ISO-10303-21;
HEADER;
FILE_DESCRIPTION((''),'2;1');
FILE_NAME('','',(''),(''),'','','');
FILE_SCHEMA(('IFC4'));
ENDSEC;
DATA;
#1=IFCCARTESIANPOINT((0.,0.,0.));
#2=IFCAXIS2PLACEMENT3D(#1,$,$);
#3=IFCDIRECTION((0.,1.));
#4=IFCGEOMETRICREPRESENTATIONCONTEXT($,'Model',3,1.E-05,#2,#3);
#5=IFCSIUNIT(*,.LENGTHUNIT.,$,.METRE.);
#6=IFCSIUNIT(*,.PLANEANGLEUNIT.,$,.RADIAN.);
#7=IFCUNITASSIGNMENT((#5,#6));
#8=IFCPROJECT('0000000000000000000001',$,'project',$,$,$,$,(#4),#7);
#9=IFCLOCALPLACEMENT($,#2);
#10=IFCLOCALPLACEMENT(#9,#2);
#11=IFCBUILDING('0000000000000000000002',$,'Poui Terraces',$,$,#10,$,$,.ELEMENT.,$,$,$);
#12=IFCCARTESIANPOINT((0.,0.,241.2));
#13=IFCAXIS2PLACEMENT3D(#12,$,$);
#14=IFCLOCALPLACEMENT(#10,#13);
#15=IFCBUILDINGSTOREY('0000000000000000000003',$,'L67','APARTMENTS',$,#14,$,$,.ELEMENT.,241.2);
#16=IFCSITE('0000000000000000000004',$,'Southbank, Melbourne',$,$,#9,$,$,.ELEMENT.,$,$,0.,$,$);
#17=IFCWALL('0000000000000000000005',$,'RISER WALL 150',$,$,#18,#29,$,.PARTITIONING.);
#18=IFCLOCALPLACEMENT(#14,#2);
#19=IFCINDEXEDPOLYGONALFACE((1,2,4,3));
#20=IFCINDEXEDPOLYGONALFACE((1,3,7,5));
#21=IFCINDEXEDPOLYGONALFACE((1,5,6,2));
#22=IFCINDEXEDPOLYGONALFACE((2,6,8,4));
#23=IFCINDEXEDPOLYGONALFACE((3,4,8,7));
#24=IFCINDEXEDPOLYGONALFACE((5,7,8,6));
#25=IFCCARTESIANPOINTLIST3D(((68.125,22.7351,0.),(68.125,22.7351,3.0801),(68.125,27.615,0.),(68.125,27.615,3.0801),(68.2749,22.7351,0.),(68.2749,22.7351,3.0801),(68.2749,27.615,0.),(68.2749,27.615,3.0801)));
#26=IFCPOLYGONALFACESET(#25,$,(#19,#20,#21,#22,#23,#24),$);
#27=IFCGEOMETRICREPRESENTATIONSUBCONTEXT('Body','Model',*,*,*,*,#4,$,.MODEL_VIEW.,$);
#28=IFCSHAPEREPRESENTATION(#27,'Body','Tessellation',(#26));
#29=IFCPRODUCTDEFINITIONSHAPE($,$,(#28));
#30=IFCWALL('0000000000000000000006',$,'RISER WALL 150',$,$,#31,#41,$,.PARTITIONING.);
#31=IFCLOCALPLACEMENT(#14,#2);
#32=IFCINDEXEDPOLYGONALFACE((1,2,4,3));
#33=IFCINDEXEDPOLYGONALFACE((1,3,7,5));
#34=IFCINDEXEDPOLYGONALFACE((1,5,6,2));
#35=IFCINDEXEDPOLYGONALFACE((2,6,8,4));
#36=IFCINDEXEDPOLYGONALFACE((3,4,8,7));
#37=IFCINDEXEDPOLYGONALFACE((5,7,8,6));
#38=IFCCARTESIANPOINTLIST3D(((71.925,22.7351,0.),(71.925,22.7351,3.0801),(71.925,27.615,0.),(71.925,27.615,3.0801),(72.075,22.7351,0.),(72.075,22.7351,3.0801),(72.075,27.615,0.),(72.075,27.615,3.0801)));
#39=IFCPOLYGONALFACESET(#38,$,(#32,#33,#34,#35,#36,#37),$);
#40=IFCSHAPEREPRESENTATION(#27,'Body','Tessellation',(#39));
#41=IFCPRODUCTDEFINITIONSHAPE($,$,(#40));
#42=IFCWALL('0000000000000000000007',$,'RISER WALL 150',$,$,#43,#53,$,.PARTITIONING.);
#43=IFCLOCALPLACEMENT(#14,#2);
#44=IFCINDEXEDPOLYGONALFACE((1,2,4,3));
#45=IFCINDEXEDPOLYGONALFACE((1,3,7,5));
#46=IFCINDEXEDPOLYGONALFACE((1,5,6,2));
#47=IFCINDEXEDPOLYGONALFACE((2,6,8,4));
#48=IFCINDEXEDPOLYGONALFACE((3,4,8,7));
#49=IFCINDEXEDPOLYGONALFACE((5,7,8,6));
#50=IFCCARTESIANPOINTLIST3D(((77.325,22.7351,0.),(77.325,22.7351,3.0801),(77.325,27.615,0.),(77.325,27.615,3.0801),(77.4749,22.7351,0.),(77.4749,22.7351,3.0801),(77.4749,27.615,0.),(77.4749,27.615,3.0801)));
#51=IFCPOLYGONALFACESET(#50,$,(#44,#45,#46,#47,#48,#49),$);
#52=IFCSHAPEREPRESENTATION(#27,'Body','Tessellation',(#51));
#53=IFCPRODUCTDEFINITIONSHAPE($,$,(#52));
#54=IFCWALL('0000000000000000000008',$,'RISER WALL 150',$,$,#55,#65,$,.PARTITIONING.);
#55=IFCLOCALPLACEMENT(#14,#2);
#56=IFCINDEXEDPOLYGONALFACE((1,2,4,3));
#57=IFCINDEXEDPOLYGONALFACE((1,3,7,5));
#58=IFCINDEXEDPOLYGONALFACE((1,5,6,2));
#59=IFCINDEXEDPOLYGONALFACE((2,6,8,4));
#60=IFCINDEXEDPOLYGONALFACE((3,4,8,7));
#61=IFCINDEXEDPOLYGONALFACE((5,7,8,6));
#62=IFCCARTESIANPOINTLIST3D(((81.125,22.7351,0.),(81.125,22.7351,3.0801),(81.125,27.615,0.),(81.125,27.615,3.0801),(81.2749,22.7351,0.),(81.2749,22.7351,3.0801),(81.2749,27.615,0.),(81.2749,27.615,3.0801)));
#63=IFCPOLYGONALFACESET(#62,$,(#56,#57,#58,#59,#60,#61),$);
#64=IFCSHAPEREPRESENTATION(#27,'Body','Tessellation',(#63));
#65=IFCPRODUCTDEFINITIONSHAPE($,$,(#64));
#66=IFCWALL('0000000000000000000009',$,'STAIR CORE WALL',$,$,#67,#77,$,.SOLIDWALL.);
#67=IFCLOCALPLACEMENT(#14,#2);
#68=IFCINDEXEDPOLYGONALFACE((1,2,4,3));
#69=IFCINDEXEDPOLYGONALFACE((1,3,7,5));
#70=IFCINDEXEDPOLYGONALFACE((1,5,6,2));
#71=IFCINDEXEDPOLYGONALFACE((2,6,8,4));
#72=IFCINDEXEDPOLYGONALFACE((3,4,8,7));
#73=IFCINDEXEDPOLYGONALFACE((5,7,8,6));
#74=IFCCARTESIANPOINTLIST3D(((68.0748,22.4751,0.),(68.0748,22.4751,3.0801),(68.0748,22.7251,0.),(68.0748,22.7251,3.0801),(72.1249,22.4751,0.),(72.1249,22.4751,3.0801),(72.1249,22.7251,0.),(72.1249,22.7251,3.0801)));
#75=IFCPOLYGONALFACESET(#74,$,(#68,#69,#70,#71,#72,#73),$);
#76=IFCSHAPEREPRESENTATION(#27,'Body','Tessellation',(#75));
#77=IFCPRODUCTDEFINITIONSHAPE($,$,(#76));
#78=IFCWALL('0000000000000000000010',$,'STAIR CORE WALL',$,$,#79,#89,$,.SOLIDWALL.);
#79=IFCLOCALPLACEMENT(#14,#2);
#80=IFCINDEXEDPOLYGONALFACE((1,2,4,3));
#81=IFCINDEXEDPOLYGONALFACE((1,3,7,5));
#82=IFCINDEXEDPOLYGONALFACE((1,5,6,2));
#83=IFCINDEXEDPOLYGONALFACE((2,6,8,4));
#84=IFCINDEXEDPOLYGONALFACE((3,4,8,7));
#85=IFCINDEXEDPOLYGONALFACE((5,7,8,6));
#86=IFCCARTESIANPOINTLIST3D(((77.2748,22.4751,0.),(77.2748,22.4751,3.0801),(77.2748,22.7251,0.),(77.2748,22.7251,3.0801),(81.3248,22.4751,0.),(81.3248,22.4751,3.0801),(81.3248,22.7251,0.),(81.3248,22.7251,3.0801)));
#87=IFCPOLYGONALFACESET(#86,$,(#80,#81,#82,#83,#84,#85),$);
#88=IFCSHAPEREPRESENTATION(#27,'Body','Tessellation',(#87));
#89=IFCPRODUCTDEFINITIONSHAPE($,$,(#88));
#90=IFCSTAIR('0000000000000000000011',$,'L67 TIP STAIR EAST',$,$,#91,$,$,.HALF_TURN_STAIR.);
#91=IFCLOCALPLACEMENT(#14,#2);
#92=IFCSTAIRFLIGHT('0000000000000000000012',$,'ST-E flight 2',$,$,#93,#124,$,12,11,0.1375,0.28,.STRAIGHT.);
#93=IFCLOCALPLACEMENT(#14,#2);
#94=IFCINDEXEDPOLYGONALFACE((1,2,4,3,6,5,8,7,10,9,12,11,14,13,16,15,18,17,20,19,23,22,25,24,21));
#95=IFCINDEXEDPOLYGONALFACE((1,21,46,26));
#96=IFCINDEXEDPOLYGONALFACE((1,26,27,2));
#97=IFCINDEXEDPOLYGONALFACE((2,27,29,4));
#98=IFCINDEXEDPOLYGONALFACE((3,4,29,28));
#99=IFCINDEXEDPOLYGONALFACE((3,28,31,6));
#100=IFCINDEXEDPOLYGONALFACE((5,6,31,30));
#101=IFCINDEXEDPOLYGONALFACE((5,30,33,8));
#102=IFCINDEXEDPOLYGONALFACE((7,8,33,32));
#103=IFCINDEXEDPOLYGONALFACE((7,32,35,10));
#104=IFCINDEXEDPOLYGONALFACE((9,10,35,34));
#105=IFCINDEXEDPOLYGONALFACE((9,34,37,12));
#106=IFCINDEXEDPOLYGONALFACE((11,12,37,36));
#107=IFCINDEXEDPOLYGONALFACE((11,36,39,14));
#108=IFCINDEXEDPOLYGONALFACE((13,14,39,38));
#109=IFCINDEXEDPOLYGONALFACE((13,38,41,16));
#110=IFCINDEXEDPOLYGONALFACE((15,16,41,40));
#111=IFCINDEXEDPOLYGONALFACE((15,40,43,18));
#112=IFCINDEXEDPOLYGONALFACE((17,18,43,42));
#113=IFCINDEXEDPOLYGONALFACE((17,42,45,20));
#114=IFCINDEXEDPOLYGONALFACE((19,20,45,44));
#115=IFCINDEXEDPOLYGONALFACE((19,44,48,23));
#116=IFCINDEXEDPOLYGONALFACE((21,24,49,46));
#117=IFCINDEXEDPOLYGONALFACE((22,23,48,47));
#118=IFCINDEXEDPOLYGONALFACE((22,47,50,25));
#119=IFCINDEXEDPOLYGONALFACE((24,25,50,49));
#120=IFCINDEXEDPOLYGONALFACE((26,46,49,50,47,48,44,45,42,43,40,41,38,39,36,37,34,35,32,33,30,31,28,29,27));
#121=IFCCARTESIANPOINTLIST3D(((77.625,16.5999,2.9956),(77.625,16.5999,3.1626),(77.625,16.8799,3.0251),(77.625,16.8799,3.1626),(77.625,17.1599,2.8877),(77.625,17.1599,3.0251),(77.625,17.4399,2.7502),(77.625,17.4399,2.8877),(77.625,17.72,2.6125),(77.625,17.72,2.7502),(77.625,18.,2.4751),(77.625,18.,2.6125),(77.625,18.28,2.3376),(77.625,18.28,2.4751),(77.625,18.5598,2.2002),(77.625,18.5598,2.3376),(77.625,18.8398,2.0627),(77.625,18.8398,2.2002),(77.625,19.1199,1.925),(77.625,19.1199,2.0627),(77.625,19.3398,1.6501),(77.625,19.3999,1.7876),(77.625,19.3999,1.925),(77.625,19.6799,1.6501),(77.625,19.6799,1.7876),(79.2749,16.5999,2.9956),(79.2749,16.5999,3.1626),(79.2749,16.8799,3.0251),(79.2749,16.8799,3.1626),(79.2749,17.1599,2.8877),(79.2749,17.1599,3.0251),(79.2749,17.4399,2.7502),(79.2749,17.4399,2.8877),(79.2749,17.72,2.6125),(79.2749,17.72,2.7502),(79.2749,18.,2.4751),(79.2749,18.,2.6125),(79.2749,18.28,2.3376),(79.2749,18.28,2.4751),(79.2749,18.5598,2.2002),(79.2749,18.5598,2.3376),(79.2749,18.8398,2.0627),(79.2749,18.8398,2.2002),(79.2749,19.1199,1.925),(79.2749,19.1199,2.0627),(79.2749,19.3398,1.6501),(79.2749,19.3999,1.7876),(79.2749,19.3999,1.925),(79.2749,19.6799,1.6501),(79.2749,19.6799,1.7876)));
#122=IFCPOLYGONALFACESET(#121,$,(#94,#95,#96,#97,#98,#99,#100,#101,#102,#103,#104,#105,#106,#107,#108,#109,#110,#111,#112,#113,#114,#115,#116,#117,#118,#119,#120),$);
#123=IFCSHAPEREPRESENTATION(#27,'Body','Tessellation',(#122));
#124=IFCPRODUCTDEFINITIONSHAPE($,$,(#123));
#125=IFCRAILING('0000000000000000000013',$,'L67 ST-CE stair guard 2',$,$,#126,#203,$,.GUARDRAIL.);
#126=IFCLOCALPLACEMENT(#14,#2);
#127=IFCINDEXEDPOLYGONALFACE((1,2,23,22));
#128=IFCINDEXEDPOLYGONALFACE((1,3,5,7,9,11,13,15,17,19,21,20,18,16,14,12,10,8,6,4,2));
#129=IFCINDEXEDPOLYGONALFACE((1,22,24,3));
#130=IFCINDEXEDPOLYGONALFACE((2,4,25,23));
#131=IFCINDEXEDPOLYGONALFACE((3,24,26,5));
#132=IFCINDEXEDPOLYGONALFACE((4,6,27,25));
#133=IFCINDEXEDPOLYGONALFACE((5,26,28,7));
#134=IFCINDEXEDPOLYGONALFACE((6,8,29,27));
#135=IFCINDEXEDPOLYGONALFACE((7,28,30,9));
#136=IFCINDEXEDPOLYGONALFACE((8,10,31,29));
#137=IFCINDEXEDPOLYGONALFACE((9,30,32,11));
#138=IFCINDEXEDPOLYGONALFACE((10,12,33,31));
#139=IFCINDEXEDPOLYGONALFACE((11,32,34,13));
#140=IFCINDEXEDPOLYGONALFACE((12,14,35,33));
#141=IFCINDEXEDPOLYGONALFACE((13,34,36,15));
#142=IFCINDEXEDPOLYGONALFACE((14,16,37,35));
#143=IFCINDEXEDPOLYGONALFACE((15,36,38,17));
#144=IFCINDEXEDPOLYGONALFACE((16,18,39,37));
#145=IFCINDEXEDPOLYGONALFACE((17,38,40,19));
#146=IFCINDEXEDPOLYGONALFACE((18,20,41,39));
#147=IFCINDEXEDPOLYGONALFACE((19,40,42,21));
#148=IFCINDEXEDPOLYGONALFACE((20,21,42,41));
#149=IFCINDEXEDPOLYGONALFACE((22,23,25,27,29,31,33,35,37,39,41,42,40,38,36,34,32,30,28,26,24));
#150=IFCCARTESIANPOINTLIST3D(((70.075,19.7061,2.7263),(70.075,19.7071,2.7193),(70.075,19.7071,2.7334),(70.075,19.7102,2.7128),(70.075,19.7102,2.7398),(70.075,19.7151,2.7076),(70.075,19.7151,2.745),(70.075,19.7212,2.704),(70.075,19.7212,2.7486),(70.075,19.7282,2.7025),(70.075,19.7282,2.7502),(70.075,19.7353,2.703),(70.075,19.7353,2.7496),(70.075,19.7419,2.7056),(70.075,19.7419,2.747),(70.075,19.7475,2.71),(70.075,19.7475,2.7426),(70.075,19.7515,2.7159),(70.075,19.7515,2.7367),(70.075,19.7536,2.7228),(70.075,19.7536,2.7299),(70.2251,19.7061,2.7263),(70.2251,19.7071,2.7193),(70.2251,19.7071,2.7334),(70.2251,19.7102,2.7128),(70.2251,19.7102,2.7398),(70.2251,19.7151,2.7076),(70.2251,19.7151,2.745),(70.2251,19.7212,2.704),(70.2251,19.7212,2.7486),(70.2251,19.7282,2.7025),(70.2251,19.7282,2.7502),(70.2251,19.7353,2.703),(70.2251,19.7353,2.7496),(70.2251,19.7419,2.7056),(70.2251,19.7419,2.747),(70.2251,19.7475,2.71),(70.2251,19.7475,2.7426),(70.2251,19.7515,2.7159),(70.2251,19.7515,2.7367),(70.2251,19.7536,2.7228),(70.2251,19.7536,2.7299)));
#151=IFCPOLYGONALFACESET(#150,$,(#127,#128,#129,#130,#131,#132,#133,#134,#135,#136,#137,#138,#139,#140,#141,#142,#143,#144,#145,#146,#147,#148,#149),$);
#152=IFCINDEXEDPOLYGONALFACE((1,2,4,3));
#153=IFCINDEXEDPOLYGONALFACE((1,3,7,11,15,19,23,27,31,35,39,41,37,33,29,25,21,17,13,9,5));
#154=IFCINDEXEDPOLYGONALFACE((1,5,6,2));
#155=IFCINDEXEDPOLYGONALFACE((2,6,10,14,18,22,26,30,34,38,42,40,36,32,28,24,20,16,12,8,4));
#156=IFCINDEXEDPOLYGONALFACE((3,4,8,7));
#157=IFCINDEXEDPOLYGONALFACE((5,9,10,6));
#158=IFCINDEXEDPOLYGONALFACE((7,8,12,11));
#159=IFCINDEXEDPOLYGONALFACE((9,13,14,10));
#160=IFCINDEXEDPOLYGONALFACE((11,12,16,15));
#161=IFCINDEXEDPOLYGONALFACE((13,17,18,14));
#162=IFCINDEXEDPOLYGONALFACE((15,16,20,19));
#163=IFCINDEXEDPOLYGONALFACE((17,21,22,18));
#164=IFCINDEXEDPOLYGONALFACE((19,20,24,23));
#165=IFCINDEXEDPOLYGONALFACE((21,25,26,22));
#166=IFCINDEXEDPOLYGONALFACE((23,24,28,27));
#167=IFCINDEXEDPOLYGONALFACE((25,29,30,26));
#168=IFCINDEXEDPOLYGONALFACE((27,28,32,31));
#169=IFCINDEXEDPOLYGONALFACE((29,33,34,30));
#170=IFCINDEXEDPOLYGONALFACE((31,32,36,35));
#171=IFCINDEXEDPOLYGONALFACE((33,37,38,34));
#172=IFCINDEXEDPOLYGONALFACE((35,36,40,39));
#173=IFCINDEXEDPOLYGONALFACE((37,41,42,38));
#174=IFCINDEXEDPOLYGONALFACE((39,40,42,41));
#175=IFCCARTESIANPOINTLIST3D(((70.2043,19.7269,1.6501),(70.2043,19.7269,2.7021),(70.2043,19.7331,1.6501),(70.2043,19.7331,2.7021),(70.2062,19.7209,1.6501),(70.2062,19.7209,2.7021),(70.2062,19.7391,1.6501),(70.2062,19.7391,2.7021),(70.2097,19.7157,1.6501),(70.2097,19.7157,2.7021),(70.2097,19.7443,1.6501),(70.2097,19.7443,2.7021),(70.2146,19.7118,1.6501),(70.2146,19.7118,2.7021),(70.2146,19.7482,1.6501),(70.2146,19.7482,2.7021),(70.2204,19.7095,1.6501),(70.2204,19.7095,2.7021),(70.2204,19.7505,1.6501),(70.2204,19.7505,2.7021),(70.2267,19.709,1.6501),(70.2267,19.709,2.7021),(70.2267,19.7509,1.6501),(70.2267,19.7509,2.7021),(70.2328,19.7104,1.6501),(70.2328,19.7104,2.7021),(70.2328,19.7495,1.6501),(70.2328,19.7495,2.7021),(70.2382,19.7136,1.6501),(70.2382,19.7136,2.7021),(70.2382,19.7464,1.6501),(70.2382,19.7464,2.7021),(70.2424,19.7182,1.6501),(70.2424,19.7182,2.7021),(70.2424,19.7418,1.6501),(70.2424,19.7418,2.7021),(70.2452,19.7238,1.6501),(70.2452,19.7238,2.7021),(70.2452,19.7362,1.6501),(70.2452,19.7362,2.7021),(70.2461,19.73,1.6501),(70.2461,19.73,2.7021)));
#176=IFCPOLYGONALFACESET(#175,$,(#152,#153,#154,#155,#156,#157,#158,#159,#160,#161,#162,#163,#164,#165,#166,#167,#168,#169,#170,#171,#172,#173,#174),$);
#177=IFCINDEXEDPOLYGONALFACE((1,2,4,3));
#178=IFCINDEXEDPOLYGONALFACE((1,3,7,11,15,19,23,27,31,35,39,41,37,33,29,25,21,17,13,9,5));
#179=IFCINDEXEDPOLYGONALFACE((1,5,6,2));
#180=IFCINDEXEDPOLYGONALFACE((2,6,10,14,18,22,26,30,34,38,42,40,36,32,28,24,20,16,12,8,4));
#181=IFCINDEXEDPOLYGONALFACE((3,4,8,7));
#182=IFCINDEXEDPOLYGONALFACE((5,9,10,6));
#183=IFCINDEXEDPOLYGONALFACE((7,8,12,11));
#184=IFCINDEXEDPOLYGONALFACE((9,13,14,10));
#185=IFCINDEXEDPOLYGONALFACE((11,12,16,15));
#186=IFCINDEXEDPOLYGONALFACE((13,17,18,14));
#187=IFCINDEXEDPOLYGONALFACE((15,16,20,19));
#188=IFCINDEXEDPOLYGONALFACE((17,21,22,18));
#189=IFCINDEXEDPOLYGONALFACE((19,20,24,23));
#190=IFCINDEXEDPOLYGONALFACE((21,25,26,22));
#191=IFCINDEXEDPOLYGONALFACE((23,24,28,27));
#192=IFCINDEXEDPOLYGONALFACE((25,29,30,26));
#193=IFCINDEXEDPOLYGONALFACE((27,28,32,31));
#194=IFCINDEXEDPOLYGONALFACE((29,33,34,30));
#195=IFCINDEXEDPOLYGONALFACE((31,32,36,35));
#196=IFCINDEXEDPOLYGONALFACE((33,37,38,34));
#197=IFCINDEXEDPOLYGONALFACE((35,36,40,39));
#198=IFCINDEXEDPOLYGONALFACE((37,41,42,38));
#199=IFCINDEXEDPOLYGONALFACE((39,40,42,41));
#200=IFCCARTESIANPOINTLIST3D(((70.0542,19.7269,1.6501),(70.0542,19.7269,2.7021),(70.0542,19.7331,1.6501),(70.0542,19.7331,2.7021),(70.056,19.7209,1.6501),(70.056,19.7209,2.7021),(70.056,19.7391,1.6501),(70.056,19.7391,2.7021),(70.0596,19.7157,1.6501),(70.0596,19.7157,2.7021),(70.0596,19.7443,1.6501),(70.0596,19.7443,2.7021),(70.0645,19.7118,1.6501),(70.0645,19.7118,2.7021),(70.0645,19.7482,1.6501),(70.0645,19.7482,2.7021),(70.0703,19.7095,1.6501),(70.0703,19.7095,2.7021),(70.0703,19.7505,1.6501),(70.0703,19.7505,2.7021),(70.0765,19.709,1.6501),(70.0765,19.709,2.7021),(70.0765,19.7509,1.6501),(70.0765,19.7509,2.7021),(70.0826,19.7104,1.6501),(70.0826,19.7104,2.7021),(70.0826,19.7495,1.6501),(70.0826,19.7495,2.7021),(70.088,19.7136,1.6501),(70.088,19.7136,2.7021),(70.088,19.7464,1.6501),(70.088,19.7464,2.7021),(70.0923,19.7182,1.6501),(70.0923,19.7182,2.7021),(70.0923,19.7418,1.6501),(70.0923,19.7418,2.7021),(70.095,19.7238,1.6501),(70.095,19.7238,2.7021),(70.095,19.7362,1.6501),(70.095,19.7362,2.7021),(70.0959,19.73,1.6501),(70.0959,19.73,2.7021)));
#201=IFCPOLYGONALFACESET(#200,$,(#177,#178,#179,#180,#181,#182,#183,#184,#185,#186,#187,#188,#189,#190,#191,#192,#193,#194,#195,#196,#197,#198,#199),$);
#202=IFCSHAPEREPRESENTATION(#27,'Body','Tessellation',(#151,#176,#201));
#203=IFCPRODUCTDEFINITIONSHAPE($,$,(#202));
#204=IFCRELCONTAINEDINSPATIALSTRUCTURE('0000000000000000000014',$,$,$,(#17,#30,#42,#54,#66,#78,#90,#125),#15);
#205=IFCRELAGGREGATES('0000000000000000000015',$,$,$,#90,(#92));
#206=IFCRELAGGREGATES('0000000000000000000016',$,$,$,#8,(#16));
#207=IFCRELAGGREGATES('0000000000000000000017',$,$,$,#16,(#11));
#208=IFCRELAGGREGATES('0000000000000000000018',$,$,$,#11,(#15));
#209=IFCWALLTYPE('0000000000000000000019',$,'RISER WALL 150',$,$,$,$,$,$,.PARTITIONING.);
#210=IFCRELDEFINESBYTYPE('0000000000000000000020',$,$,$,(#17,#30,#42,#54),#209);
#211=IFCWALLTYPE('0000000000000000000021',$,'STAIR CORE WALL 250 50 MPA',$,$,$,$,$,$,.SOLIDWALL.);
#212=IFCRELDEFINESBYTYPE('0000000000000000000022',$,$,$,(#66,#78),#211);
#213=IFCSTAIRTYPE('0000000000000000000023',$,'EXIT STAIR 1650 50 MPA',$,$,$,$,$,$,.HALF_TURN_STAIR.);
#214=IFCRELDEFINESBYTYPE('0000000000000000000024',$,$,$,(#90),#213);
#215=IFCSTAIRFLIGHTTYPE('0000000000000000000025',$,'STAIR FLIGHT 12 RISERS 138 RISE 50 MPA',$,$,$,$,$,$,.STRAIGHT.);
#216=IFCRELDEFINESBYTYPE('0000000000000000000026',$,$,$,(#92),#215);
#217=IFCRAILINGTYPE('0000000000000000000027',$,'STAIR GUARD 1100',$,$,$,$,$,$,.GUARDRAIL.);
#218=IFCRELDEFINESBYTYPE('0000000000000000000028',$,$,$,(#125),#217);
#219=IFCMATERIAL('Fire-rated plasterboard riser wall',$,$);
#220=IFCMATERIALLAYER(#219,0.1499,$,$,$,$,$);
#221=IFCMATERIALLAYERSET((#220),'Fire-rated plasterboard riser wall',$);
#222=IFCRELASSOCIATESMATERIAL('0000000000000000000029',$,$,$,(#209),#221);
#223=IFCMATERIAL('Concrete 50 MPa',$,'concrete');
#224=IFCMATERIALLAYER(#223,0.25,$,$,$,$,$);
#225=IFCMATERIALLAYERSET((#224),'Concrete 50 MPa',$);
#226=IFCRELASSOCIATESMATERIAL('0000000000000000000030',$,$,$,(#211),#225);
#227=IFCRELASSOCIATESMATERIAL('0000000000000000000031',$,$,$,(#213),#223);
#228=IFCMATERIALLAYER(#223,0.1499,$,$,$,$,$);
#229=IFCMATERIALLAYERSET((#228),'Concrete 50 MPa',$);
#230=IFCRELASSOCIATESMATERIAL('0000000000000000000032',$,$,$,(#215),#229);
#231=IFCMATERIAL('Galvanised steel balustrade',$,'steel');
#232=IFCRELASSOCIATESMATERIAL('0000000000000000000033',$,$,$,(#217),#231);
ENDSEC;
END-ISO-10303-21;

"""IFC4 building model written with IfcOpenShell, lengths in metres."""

from ifc_helpers import new_model, si_unit, direction, frame, frame_2d, origin, origin_2d, place, context, subcontext, project, spatial, polyline, rectangle, circle, outline, extrude, material, layer, layer_set, type_object, element, aggregate, save


model = new_model("IFC4")

# Units and contexts
model_context = context("Model", 3, precision=1e-05, world=origin(), true_north=direction((0.0, 1.0)))
body_context = subcontext(model_context, "Body", "Model", "MODEL_VIEW")
ifc_project = project(units=[si_unit("LENGTHUNIT", "METRE"), si_unit("PLANEANGLEUNIT", "RADIAN")], contexts=[model_context])

# Site, building, storey
site_placement = place(None, origin())
site = spatial("IfcSite", under=ifc_project, at=site_placement, Name="Southbank, Melbourne", CompositionType="ELEMENT", RefElevation=0.0)
building_placement = place(site_placement, origin())
building = spatial("IfcBuilding", under=site, at=building_placement, Name="Poui Terraces", CompositionType="ELEMENT")
storey_placement = place(building_placement, frame((0.0, 0.0, 241.2)))
storey = spatial("IfcBuildingStorey", under=building, at=storey_placement, Name="L67", Description="APARTMENTS", CompositionType="ELEMENT", Elevation=241.2)

# Shared definitions
ifc_material_1 = material(Name="Concrete 50 MPa", Category="concrete")

# Walls
ifc_material_2 = material(Name="Fire-rated plasterboard riser wall")
ifc_layer_1 = layer(ifc_material_2, 0.1499)
ifc_layer_set_1 = layer_set([ifc_layer_1], Name="Fire-rated plasterboard riser wall")
wall_type_1 = type_object("IfcWallType", Name="RISER WALL 150", PredefinedType="PARTITIONING", material=ifc_layer_set_1)
for number, where, z_axis, x_axis, name in (
    (1, (68.2, 22.7351, 0.0), (0.0, 0.0, 1.0), (0.0, 1.0, 0.0), "RISER WALL 150"),
    (2, (72.0, 22.7351, 0.0), (0.0, 0.0, 1.0), (0.0, 1.0, 0.0), "RISER WALL 150"),
    (3, (77.3999, 22.7351, 0.0), (0.0, 0.0, 1.0), (0.0, 1.0, 0.0), "RISER WALL 150"),
    (4, (81.2, 22.7351, 0.0), (0.0, 0.0, 1.0), (0.0, 1.0, 0.0), "RISER WALL 150"),
):
    element("IfcWall", number, at=place(storey_placement, frame(where, z_axis=z_axis, x_axis=x_axis)), inside=storey, type_object=wall_type_1, Name=name, PredefinedType="PARTITIONING", context=body_context, shape_type="SweptSolid", body=[
        extrude(rectangle(XDim=4.8799, YDim=0.1499, at=frame_2d((2.4399, 0.0))), origin(), (0.0, 0.0, 1.0), 3.0801),
    ])
ifc_layer_2 = layer(ifc_material_1, 0.25)
ifc_layer_set_2 = layer_set([ifc_layer_2], Name="Concrete 50 MPa")
wall_type_2 = type_object("IfcWallType", Name="STAIR CORE WALL 250 50 MPA", PredefinedType="SOLIDWALL", material=ifc_layer_set_2)
for number, where, z_axis, x_axis, name in (
    (5, (68.075, 22.6001, 0.0), (0.0, 0.0, 1.0), (1.0, 0.0, 0.0), "STAIR CORE WALL"),
    (6, (77.2749, 22.6001, 0.0), (0.0, 0.0, 1.0), (1.0, 0.0, 0.0), "STAIR CORE WALL"),
):
    element("IfcWall", number, at=place(storey_placement, frame(where, z_axis=z_axis, x_axis=x_axis)), inside=storey, type_object=wall_type_2, Name=name, PredefinedType="SOLIDWALL", context=body_context, shape_type="SweptSolid", body=[
        extrude(rectangle(XDim=4.05, YDim=0.25, at=frame_2d((2.0249, 0.0))), origin(), (0.0, 0.0, 1.0), 3.0801),
    ])

# Stair, stair flight
stair_type = type_object("IfcStairType", Name="EXIT STAIR 1650 50 MPA", PredefinedType="HALF_TURN_STAIR", material=ifc_material_1)
stair_placement = place(storey_placement, origin())
stair = element("IfcStair", 7, at=stair_placement, inside=storey, type_object=stair_type, Name="L67 TIP STAIR EAST", PredefinedType="HALF_TURN_STAIR")
ifc_layer_3 = layer(ifc_material_1, 0.1499)
ifc_layer_set_3 = layer_set([ifc_layer_3], Name="Concrete 50 MPa")
stair_flight_type = type_object("IfcStairFlightType", Name="STAIR FLIGHT 12 RISERS 138 RISE 50 MPA", PredefinedType="STRAIGHT", material=ifc_layer_set_3)
stair_flight_placement = place(storey_placement, frame((78.45, 19.6799, 1.6501), z_axis=(0.0, 0.0, 1.0), x_axis=(0.0, -1.0, 0.0)))
stair_flight = element("IfcStairFlight", 8, at=stair_flight_placement, type_object=stair_flight_type, Name="ST-E flight 2", NumberOfRisers=12, NumberOfTreads=11, PredefinedType="STRAIGHT", RiserHeight=0.1375, TreadLength=0.28, context=body_context, shape_type="SweptSolid", body=[
    extrude(outline(polyline([(0.0, 0.0), (0.0, 0.1375), (0.28, 0.1375), (0.28, 0.2749), (0.5601, 0.2749), (0.5601, 0.4126), (0.8401, 0.4126), (0.8401, 0.55), (1.1201, 0.55), (1.1201, 0.6875), (1.3999, 0.6875), (1.3999, 0.825), (1.6799, 0.825), (1.6799, 0.9624), (1.96, 0.9624), (1.96, 1.1001), (2.24, 1.1001), (2.24, 1.2375), (2.52, 1.2375), (2.52, 1.375), (2.8, 1.375), (2.8, 1.5125), (3.0801, 1.5125), (3.0801, 1.6499), (3.0801, 1.3455), (0.3401, 0.0), (0.0, 0.0)])), frame((0.0, 0.825, 0.0), z_axis=(0.0, -1.0, 0.0), x_axis=(1.0, 0.0, 0.0)), (0.0, 0.0, 1.0), 1.6499),
])
aggregate(stair, [stair_flight])

# Railing
ifc_material_3 = material(Name="Galvanised steel balustrade", Category="steel")
railing_type = type_object("IfcRailingType", Name="STAIR GUARD 1100", PredefinedType="GUARDRAIL", material=ifc_material_3)
for number, where, name in (
    (9, (70.2251, 19.73, 1.6501), "L67 ST-CE stair guard 2"),
):
    element("IfcRailing", number, at=place(storey_placement, frame(where)), inside=storey, type_object=railing_type, Name=name, PredefinedType="GUARDRAIL", context=body_context, shape_type="SweptSolid", body=[
        extrude(circle(Radius=0.0239, at=origin_2d()), frame((0.0, 0.0, 1.0762), z_axis=(-1.0, 0.0, 0.0), x_axis=(0.0, -1.0, 0.0)), (0.0, 0.0, 1.0), 0.1501),
        extrude(circle(Radius=0.021, at=origin_2d()), origin(), (0.0, 0.0, 1.0), 1.052),
        extrude(circle(Radius=0.021, at=origin_2d()), frame((-0.1501, 0.0, 0.0)), (0.0, 0.0, 1.0), 1.052),
    ])

save(model, "model.ifc")
